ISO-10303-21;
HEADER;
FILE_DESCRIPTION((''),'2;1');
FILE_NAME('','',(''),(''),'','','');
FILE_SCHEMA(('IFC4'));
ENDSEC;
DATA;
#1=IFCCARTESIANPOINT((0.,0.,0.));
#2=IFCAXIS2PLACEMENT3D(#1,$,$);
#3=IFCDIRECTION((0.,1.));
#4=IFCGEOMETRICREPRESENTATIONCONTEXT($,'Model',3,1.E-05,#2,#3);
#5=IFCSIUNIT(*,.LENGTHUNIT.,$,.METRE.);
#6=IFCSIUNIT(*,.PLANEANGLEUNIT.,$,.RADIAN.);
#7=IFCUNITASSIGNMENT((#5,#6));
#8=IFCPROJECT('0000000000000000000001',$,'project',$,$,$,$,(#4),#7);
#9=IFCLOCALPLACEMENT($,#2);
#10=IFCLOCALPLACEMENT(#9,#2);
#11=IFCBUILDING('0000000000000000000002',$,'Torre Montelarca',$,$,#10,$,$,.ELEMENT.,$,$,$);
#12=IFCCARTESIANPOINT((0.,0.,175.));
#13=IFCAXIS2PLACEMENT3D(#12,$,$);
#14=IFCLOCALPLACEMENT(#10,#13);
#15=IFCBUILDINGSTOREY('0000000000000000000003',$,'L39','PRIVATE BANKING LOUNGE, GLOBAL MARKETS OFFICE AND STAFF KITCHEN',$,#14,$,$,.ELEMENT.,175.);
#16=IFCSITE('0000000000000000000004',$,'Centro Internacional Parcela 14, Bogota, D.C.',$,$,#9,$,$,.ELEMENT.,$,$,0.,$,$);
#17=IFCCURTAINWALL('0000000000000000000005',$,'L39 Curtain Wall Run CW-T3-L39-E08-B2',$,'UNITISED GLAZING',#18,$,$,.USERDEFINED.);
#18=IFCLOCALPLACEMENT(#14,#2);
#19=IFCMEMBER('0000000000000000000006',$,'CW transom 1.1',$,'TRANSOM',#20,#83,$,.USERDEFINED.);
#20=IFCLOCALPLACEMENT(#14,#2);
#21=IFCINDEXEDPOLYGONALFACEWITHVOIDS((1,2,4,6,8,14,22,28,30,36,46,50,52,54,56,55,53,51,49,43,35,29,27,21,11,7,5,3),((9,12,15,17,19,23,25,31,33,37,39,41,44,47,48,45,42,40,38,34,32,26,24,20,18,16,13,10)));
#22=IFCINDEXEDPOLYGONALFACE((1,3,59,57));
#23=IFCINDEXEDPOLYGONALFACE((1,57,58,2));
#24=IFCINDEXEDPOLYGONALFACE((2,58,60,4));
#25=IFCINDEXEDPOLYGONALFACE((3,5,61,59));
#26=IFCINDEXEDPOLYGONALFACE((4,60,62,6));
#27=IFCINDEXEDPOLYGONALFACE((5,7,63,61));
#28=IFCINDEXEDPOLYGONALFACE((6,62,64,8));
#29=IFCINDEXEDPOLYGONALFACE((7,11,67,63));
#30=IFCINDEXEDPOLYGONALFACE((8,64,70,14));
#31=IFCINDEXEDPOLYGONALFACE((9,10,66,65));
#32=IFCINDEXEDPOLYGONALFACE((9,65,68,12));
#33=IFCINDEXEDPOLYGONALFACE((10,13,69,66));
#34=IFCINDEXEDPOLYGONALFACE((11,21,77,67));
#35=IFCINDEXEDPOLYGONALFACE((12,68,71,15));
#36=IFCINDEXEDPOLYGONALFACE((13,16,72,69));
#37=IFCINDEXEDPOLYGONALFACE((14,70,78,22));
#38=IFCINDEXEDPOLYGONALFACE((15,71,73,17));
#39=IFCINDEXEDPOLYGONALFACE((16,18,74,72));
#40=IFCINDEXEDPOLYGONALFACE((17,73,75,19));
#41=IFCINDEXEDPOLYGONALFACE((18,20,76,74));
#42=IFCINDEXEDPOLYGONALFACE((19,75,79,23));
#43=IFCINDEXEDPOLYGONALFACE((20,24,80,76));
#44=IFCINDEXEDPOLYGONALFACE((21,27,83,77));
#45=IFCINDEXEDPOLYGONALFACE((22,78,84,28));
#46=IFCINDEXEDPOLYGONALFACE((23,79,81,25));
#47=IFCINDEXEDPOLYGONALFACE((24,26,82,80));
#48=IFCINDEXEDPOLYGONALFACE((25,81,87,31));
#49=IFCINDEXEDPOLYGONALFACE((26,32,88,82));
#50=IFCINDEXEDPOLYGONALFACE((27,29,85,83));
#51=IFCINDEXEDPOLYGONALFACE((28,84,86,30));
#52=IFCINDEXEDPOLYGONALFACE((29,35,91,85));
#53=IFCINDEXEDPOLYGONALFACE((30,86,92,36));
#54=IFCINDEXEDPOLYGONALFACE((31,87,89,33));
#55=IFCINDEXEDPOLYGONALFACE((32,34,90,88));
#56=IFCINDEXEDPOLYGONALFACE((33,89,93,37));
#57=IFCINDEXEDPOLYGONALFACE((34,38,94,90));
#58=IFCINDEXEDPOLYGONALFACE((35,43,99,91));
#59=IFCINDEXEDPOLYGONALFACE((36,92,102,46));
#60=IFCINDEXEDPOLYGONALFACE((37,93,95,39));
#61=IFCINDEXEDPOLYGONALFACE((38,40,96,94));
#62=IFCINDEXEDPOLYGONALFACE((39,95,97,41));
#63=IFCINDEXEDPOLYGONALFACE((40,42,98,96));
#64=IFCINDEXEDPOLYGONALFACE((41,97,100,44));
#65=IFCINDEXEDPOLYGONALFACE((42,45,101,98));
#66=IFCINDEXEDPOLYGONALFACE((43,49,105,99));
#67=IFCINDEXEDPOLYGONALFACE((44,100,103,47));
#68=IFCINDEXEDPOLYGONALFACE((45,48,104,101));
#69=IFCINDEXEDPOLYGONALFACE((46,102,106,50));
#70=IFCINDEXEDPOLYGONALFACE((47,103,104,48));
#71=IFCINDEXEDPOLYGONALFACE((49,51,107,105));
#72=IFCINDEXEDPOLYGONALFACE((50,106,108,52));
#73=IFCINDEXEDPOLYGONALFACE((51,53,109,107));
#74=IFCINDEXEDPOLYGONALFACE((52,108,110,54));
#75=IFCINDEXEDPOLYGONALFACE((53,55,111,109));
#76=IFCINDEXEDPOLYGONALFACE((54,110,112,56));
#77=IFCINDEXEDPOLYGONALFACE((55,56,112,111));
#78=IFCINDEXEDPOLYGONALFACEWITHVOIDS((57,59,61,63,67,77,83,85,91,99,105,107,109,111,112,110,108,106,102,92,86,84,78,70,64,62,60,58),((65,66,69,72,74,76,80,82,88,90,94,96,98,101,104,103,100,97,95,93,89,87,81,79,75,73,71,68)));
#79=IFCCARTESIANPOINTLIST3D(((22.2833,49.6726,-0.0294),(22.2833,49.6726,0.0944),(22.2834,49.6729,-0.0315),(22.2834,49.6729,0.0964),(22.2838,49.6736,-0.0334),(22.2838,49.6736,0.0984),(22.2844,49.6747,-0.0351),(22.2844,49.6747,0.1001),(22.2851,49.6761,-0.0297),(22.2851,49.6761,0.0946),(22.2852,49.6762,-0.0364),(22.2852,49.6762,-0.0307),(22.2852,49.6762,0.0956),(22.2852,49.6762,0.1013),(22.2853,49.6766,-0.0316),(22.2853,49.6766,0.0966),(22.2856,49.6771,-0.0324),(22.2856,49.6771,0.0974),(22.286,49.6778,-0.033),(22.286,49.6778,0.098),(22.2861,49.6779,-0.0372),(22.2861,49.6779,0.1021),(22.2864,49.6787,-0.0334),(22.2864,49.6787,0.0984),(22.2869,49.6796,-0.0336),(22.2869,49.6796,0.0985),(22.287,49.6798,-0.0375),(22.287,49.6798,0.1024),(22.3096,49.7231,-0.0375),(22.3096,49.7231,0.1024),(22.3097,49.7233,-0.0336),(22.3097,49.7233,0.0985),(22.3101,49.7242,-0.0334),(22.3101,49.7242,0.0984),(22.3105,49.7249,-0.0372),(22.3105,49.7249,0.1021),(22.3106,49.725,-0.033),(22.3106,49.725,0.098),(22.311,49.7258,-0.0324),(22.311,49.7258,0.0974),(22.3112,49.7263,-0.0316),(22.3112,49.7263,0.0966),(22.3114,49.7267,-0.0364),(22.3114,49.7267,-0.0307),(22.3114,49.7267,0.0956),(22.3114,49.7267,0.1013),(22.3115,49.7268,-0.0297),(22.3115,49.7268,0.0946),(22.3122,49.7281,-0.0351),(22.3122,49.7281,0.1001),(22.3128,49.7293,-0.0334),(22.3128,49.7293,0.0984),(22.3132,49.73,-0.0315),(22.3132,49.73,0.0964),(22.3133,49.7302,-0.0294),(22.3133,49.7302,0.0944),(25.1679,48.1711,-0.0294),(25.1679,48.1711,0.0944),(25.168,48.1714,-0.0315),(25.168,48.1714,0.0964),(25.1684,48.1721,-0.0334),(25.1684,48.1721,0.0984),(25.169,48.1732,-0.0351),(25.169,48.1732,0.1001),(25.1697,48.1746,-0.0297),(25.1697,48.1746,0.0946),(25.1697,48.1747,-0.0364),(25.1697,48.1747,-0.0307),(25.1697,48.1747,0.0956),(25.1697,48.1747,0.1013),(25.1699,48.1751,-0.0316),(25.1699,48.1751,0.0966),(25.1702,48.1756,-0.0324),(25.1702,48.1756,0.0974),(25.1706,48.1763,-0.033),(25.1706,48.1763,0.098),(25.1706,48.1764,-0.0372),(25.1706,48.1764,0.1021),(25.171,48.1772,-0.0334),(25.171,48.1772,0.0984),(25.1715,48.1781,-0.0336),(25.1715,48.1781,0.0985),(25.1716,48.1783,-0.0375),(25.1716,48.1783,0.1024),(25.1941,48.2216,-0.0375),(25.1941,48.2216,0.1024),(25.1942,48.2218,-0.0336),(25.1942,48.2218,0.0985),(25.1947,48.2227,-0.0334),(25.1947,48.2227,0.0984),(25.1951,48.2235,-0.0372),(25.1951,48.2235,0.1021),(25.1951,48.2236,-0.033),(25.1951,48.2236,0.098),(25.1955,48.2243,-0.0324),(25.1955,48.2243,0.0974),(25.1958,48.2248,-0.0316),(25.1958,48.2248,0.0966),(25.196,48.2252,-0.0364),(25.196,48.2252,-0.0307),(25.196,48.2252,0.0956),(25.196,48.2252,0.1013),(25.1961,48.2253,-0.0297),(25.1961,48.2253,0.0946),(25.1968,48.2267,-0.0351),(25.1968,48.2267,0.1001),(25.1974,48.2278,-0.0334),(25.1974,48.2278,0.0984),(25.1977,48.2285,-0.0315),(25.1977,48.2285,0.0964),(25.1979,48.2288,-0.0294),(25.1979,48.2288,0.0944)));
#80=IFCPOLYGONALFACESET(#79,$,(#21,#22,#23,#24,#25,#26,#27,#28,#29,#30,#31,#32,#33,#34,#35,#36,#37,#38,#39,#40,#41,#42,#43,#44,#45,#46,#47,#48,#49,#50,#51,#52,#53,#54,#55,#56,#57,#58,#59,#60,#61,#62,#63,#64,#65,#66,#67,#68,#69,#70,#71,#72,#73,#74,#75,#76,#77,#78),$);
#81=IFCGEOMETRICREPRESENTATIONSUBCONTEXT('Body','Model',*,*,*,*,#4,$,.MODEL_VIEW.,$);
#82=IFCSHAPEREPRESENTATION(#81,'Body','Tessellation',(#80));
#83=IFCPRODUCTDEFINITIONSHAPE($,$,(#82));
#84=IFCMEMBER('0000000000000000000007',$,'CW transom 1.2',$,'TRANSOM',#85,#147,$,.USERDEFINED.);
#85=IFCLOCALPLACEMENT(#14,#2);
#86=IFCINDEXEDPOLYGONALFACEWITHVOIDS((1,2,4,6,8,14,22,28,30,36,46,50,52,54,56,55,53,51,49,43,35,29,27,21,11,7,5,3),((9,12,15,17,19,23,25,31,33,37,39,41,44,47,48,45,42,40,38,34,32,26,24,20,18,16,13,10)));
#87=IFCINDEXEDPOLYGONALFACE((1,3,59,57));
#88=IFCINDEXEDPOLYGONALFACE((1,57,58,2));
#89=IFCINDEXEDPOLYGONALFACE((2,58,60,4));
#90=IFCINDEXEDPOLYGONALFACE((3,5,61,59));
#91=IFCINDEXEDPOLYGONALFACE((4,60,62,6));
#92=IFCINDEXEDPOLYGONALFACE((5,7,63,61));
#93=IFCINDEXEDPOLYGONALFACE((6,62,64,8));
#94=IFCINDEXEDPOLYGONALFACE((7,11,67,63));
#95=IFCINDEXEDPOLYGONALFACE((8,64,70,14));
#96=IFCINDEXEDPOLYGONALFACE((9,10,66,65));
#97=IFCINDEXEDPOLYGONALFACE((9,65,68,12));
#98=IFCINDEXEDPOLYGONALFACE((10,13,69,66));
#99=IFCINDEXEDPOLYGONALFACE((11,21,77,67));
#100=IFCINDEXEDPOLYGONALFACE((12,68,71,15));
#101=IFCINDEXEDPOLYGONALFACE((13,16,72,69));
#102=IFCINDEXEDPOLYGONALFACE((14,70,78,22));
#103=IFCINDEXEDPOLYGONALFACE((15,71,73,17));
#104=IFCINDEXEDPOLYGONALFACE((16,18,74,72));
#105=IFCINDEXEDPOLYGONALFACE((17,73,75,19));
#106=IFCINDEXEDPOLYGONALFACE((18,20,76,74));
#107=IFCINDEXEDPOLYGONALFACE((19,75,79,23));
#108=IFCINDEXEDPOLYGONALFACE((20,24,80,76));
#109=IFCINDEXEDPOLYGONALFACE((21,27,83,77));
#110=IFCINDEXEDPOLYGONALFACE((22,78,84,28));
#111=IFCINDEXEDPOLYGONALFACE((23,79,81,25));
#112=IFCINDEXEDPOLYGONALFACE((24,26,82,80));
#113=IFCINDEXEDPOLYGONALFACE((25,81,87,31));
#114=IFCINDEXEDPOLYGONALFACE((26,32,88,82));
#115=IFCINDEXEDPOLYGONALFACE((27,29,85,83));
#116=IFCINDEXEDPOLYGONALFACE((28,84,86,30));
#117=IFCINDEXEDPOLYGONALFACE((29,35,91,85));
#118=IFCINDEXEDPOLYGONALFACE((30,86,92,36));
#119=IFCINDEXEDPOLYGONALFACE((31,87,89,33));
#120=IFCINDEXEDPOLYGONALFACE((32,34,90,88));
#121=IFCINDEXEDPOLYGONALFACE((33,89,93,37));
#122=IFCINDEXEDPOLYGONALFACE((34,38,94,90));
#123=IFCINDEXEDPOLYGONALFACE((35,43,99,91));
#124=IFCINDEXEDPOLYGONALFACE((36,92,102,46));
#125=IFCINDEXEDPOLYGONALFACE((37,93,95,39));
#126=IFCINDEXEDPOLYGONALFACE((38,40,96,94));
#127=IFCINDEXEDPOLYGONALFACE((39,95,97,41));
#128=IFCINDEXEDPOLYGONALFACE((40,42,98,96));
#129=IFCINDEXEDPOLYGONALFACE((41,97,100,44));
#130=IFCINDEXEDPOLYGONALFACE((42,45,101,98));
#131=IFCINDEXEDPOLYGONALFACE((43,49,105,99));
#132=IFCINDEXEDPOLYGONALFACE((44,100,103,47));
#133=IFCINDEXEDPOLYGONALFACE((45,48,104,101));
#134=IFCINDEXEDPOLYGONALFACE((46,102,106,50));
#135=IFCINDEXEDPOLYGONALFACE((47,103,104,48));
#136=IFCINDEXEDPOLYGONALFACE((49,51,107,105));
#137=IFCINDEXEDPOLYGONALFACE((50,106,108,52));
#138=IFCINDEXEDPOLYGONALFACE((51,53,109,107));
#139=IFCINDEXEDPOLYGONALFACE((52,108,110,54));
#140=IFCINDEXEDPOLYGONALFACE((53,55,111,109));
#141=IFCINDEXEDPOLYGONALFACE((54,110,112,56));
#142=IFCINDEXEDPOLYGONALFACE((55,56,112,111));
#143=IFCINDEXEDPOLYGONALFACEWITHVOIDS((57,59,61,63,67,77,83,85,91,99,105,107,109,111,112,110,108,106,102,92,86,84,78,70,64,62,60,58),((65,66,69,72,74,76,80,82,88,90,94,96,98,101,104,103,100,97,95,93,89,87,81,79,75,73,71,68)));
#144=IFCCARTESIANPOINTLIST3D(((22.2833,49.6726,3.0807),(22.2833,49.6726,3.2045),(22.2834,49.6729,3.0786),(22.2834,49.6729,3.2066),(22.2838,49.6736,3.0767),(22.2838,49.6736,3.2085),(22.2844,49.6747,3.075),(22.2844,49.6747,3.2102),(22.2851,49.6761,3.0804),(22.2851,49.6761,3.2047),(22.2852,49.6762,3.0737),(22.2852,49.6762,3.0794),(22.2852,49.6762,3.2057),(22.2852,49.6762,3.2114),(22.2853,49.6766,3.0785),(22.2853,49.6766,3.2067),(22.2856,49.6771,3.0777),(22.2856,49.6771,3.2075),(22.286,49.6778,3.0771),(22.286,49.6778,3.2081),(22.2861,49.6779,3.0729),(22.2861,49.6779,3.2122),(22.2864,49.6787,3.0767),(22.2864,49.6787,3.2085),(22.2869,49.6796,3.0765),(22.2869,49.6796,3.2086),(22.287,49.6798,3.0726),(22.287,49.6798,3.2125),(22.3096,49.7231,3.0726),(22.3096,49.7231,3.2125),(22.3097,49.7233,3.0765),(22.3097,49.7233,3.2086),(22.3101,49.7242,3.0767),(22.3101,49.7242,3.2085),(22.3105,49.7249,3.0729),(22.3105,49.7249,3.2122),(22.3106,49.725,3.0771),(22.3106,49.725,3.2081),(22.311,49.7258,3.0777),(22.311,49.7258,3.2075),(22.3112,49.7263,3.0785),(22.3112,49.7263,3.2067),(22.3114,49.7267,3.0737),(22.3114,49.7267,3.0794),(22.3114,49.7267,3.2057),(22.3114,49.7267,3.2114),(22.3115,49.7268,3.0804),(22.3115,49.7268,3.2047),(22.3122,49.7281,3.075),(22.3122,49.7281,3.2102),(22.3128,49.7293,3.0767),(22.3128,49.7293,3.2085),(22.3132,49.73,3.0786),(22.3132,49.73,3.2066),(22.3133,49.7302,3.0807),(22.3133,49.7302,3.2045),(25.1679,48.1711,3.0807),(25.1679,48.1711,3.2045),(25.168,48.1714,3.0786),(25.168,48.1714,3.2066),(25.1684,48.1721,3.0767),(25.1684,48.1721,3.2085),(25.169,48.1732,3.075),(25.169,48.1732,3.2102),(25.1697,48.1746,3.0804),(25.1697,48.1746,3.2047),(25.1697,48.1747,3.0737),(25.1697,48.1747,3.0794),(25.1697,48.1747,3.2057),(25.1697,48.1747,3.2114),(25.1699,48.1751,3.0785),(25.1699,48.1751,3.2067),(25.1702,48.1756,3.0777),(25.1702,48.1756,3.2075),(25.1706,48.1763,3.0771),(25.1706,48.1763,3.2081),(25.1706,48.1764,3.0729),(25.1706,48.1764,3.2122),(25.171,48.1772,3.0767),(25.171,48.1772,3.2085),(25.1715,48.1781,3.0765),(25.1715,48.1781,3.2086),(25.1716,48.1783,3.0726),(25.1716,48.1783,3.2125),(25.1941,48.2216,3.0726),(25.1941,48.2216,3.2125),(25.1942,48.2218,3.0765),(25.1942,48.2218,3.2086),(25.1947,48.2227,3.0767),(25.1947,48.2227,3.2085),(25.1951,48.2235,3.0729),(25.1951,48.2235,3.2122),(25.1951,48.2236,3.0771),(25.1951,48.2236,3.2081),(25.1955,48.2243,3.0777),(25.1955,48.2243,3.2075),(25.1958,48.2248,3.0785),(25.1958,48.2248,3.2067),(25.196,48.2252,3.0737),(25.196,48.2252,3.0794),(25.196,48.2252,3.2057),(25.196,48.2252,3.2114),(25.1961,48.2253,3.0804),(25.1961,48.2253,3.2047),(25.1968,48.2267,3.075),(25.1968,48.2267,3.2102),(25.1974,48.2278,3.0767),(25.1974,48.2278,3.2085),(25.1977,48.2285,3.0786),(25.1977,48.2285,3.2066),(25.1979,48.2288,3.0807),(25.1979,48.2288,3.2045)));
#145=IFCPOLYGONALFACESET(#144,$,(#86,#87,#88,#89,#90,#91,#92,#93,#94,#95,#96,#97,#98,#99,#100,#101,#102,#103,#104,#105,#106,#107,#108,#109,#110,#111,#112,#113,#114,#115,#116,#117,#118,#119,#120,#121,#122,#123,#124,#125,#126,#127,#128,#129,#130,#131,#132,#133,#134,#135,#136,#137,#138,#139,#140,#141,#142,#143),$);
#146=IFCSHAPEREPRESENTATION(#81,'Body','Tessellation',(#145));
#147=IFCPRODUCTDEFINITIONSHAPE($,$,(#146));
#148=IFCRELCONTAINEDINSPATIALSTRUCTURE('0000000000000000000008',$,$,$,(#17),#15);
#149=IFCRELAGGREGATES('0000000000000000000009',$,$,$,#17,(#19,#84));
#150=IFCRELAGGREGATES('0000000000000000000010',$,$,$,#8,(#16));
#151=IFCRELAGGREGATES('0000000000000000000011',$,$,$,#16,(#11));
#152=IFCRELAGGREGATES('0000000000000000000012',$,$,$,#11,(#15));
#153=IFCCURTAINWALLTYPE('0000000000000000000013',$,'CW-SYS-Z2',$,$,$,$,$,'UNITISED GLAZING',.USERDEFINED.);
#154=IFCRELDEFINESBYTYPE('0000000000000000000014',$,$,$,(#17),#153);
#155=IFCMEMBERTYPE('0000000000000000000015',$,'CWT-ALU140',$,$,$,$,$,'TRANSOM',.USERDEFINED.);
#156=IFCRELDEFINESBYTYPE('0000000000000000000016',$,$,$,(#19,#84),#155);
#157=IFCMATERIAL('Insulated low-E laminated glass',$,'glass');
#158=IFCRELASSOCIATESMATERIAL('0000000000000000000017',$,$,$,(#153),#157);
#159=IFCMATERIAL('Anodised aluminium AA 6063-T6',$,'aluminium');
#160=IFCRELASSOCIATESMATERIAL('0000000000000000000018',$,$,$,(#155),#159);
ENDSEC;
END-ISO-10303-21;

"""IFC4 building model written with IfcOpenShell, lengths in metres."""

from ifc_helpers import new_model, si_unit, direction, frame, origin, origin_2d, place, context, subcontext, project, spatial, hollow_rectangle, extrude, source, transform, mapped, material, material_profile, profile_set, type_object, element, aggregate, save


model = new_model("IFC4")

# Units and contexts
model_context = context("Model", 3, precision=1e-05, world=origin(), true_north=direction((0.0, 1.0)))
body_context = subcontext(model_context, "Body", "Model", "MODEL_VIEW")
ifc_project = project(units=[si_unit("LENGTHUNIT", "METRE"), si_unit("PLANEANGLEUNIT", "RADIAN")], contexts=[model_context])

# Site, building, storey
site_placement = place(None, origin())
site = spatial("IfcSite", under=ifc_project, at=site_placement, Name="Centro Internacional Parcela 14, Bogota, D.C.", CompositionType="ELEMENT", RefElevation=0.0)
building_placement = place(site_placement, origin())
building = spatial("IfcBuilding", under=site, at=building_placement, Name="Torre Montelarca", CompositionType="ELEMENT")
storey_placement = place(building_placement, frame((0.0, 0.0, 175.0)))
storey = spatial("IfcBuildingStorey", under=building, at=storey_placement, Name="L39", Description="PRIVATE BANKING LOUNGE, GLOBAL MARKETS OFFICE AND STAFF KITCHEN", CompositionType="ELEMENT", Elevation=175.0)

# Shared definitions
ifc_material_1 = material(Name="Insulated low-E laminated glass", Category="glass")
curtain_wall_type = type_object("IfcCurtainWallType", Name="CW-SYS-Z2", ElementType="UNITISED GLAZING", PredefinedType="USERDEFINED", material=ifc_material_1)
ifc_material_2 = material(Name="Anodised aluminium AA 6063-T6", Category="aluminium")

# Curtain wall, members
curtain_wall_1_placement = place(storey_placement, origin())
curtain_wall_1 = element("IfcCurtainWall", 1, at=curtain_wall_1_placement, inside=storey, type_object=curtain_wall_type, Name="L39 Curtain Wall Run CW-T3-L39-E08-B2", ObjectType="UNITISED GLAZING", PredefinedType="USERDEFINED")
ifc_material_profile_1 = material_profile(ifc_material_2, hollow_rectangle(XDim=0.0649, YDim=0.1399, WallThickness=0.0039, InnerFilletRadius=0.0039, OuterFilletRadius=0.0081, at=origin_2d()), Name="ALU65X140X4", Category="aluminium")
ifc_profile_set_1 = profile_set([ifc_material_profile_1], Name="Anodised aluminium AA 6063-T6")
member_type_1 = type_object("IfcMemberType", Name="CWT-ALU140", ElementType="TRANSOM", PredefinedType="USERDEFINED", material=ifc_profile_set_1)
shared_shape_1 = source(origin(), body_context, "Body", "SweptSolid", [
    extrude(hollow_rectangle(XDim=0.0649, YDim=0.1399, WallThickness=0.0039, InnerFilletRadius=0.0039, OuterFilletRadius=0.0081, at=origin_2d()), origin(), (0.0, 0.0, 1.0), 3.252),
])
member_1_placement = place(storey_placement, frame((25.1829, 48.2, 0.0325), z_axis=(-0.887026, 0.461719, 0.0), x_axis=(-0.461719, -0.887026, 0.0)))
member_1 = element("IfcMember", 2, at=member_1_placement, type_object=member_type_1, Name="CW transom 1.1", ObjectType="TRANSOM", PredefinedType="USERDEFINED", context=body_context, shape_type="MappedRepresentation", body=[
    mapped(shared_shape_1, transform((0.0, 0.0, 0.0), scale=1.0)),
])
member_2_placement = place(storey_placement, frame((25.1829, 48.2, 3.1426), z_axis=(-0.887026, 0.461719, 0.0), x_axis=(-0.461719, -0.887026, 0.0)))
member_2 = element("IfcMember", 3, at=member_2_placement, type_object=member_type_1, Name="CW transom 1.2", ObjectType="TRANSOM", PredefinedType="USERDEFINED", context=body_context, shape_type="MappedRepresentation", body=[
    mapped(shared_shape_1, transform((0.0, 0.0, 0.0), scale=1.0)),
])
aggregate(curtain_wall_1, [member_1, member_2])

save(model, "model.ifc")
